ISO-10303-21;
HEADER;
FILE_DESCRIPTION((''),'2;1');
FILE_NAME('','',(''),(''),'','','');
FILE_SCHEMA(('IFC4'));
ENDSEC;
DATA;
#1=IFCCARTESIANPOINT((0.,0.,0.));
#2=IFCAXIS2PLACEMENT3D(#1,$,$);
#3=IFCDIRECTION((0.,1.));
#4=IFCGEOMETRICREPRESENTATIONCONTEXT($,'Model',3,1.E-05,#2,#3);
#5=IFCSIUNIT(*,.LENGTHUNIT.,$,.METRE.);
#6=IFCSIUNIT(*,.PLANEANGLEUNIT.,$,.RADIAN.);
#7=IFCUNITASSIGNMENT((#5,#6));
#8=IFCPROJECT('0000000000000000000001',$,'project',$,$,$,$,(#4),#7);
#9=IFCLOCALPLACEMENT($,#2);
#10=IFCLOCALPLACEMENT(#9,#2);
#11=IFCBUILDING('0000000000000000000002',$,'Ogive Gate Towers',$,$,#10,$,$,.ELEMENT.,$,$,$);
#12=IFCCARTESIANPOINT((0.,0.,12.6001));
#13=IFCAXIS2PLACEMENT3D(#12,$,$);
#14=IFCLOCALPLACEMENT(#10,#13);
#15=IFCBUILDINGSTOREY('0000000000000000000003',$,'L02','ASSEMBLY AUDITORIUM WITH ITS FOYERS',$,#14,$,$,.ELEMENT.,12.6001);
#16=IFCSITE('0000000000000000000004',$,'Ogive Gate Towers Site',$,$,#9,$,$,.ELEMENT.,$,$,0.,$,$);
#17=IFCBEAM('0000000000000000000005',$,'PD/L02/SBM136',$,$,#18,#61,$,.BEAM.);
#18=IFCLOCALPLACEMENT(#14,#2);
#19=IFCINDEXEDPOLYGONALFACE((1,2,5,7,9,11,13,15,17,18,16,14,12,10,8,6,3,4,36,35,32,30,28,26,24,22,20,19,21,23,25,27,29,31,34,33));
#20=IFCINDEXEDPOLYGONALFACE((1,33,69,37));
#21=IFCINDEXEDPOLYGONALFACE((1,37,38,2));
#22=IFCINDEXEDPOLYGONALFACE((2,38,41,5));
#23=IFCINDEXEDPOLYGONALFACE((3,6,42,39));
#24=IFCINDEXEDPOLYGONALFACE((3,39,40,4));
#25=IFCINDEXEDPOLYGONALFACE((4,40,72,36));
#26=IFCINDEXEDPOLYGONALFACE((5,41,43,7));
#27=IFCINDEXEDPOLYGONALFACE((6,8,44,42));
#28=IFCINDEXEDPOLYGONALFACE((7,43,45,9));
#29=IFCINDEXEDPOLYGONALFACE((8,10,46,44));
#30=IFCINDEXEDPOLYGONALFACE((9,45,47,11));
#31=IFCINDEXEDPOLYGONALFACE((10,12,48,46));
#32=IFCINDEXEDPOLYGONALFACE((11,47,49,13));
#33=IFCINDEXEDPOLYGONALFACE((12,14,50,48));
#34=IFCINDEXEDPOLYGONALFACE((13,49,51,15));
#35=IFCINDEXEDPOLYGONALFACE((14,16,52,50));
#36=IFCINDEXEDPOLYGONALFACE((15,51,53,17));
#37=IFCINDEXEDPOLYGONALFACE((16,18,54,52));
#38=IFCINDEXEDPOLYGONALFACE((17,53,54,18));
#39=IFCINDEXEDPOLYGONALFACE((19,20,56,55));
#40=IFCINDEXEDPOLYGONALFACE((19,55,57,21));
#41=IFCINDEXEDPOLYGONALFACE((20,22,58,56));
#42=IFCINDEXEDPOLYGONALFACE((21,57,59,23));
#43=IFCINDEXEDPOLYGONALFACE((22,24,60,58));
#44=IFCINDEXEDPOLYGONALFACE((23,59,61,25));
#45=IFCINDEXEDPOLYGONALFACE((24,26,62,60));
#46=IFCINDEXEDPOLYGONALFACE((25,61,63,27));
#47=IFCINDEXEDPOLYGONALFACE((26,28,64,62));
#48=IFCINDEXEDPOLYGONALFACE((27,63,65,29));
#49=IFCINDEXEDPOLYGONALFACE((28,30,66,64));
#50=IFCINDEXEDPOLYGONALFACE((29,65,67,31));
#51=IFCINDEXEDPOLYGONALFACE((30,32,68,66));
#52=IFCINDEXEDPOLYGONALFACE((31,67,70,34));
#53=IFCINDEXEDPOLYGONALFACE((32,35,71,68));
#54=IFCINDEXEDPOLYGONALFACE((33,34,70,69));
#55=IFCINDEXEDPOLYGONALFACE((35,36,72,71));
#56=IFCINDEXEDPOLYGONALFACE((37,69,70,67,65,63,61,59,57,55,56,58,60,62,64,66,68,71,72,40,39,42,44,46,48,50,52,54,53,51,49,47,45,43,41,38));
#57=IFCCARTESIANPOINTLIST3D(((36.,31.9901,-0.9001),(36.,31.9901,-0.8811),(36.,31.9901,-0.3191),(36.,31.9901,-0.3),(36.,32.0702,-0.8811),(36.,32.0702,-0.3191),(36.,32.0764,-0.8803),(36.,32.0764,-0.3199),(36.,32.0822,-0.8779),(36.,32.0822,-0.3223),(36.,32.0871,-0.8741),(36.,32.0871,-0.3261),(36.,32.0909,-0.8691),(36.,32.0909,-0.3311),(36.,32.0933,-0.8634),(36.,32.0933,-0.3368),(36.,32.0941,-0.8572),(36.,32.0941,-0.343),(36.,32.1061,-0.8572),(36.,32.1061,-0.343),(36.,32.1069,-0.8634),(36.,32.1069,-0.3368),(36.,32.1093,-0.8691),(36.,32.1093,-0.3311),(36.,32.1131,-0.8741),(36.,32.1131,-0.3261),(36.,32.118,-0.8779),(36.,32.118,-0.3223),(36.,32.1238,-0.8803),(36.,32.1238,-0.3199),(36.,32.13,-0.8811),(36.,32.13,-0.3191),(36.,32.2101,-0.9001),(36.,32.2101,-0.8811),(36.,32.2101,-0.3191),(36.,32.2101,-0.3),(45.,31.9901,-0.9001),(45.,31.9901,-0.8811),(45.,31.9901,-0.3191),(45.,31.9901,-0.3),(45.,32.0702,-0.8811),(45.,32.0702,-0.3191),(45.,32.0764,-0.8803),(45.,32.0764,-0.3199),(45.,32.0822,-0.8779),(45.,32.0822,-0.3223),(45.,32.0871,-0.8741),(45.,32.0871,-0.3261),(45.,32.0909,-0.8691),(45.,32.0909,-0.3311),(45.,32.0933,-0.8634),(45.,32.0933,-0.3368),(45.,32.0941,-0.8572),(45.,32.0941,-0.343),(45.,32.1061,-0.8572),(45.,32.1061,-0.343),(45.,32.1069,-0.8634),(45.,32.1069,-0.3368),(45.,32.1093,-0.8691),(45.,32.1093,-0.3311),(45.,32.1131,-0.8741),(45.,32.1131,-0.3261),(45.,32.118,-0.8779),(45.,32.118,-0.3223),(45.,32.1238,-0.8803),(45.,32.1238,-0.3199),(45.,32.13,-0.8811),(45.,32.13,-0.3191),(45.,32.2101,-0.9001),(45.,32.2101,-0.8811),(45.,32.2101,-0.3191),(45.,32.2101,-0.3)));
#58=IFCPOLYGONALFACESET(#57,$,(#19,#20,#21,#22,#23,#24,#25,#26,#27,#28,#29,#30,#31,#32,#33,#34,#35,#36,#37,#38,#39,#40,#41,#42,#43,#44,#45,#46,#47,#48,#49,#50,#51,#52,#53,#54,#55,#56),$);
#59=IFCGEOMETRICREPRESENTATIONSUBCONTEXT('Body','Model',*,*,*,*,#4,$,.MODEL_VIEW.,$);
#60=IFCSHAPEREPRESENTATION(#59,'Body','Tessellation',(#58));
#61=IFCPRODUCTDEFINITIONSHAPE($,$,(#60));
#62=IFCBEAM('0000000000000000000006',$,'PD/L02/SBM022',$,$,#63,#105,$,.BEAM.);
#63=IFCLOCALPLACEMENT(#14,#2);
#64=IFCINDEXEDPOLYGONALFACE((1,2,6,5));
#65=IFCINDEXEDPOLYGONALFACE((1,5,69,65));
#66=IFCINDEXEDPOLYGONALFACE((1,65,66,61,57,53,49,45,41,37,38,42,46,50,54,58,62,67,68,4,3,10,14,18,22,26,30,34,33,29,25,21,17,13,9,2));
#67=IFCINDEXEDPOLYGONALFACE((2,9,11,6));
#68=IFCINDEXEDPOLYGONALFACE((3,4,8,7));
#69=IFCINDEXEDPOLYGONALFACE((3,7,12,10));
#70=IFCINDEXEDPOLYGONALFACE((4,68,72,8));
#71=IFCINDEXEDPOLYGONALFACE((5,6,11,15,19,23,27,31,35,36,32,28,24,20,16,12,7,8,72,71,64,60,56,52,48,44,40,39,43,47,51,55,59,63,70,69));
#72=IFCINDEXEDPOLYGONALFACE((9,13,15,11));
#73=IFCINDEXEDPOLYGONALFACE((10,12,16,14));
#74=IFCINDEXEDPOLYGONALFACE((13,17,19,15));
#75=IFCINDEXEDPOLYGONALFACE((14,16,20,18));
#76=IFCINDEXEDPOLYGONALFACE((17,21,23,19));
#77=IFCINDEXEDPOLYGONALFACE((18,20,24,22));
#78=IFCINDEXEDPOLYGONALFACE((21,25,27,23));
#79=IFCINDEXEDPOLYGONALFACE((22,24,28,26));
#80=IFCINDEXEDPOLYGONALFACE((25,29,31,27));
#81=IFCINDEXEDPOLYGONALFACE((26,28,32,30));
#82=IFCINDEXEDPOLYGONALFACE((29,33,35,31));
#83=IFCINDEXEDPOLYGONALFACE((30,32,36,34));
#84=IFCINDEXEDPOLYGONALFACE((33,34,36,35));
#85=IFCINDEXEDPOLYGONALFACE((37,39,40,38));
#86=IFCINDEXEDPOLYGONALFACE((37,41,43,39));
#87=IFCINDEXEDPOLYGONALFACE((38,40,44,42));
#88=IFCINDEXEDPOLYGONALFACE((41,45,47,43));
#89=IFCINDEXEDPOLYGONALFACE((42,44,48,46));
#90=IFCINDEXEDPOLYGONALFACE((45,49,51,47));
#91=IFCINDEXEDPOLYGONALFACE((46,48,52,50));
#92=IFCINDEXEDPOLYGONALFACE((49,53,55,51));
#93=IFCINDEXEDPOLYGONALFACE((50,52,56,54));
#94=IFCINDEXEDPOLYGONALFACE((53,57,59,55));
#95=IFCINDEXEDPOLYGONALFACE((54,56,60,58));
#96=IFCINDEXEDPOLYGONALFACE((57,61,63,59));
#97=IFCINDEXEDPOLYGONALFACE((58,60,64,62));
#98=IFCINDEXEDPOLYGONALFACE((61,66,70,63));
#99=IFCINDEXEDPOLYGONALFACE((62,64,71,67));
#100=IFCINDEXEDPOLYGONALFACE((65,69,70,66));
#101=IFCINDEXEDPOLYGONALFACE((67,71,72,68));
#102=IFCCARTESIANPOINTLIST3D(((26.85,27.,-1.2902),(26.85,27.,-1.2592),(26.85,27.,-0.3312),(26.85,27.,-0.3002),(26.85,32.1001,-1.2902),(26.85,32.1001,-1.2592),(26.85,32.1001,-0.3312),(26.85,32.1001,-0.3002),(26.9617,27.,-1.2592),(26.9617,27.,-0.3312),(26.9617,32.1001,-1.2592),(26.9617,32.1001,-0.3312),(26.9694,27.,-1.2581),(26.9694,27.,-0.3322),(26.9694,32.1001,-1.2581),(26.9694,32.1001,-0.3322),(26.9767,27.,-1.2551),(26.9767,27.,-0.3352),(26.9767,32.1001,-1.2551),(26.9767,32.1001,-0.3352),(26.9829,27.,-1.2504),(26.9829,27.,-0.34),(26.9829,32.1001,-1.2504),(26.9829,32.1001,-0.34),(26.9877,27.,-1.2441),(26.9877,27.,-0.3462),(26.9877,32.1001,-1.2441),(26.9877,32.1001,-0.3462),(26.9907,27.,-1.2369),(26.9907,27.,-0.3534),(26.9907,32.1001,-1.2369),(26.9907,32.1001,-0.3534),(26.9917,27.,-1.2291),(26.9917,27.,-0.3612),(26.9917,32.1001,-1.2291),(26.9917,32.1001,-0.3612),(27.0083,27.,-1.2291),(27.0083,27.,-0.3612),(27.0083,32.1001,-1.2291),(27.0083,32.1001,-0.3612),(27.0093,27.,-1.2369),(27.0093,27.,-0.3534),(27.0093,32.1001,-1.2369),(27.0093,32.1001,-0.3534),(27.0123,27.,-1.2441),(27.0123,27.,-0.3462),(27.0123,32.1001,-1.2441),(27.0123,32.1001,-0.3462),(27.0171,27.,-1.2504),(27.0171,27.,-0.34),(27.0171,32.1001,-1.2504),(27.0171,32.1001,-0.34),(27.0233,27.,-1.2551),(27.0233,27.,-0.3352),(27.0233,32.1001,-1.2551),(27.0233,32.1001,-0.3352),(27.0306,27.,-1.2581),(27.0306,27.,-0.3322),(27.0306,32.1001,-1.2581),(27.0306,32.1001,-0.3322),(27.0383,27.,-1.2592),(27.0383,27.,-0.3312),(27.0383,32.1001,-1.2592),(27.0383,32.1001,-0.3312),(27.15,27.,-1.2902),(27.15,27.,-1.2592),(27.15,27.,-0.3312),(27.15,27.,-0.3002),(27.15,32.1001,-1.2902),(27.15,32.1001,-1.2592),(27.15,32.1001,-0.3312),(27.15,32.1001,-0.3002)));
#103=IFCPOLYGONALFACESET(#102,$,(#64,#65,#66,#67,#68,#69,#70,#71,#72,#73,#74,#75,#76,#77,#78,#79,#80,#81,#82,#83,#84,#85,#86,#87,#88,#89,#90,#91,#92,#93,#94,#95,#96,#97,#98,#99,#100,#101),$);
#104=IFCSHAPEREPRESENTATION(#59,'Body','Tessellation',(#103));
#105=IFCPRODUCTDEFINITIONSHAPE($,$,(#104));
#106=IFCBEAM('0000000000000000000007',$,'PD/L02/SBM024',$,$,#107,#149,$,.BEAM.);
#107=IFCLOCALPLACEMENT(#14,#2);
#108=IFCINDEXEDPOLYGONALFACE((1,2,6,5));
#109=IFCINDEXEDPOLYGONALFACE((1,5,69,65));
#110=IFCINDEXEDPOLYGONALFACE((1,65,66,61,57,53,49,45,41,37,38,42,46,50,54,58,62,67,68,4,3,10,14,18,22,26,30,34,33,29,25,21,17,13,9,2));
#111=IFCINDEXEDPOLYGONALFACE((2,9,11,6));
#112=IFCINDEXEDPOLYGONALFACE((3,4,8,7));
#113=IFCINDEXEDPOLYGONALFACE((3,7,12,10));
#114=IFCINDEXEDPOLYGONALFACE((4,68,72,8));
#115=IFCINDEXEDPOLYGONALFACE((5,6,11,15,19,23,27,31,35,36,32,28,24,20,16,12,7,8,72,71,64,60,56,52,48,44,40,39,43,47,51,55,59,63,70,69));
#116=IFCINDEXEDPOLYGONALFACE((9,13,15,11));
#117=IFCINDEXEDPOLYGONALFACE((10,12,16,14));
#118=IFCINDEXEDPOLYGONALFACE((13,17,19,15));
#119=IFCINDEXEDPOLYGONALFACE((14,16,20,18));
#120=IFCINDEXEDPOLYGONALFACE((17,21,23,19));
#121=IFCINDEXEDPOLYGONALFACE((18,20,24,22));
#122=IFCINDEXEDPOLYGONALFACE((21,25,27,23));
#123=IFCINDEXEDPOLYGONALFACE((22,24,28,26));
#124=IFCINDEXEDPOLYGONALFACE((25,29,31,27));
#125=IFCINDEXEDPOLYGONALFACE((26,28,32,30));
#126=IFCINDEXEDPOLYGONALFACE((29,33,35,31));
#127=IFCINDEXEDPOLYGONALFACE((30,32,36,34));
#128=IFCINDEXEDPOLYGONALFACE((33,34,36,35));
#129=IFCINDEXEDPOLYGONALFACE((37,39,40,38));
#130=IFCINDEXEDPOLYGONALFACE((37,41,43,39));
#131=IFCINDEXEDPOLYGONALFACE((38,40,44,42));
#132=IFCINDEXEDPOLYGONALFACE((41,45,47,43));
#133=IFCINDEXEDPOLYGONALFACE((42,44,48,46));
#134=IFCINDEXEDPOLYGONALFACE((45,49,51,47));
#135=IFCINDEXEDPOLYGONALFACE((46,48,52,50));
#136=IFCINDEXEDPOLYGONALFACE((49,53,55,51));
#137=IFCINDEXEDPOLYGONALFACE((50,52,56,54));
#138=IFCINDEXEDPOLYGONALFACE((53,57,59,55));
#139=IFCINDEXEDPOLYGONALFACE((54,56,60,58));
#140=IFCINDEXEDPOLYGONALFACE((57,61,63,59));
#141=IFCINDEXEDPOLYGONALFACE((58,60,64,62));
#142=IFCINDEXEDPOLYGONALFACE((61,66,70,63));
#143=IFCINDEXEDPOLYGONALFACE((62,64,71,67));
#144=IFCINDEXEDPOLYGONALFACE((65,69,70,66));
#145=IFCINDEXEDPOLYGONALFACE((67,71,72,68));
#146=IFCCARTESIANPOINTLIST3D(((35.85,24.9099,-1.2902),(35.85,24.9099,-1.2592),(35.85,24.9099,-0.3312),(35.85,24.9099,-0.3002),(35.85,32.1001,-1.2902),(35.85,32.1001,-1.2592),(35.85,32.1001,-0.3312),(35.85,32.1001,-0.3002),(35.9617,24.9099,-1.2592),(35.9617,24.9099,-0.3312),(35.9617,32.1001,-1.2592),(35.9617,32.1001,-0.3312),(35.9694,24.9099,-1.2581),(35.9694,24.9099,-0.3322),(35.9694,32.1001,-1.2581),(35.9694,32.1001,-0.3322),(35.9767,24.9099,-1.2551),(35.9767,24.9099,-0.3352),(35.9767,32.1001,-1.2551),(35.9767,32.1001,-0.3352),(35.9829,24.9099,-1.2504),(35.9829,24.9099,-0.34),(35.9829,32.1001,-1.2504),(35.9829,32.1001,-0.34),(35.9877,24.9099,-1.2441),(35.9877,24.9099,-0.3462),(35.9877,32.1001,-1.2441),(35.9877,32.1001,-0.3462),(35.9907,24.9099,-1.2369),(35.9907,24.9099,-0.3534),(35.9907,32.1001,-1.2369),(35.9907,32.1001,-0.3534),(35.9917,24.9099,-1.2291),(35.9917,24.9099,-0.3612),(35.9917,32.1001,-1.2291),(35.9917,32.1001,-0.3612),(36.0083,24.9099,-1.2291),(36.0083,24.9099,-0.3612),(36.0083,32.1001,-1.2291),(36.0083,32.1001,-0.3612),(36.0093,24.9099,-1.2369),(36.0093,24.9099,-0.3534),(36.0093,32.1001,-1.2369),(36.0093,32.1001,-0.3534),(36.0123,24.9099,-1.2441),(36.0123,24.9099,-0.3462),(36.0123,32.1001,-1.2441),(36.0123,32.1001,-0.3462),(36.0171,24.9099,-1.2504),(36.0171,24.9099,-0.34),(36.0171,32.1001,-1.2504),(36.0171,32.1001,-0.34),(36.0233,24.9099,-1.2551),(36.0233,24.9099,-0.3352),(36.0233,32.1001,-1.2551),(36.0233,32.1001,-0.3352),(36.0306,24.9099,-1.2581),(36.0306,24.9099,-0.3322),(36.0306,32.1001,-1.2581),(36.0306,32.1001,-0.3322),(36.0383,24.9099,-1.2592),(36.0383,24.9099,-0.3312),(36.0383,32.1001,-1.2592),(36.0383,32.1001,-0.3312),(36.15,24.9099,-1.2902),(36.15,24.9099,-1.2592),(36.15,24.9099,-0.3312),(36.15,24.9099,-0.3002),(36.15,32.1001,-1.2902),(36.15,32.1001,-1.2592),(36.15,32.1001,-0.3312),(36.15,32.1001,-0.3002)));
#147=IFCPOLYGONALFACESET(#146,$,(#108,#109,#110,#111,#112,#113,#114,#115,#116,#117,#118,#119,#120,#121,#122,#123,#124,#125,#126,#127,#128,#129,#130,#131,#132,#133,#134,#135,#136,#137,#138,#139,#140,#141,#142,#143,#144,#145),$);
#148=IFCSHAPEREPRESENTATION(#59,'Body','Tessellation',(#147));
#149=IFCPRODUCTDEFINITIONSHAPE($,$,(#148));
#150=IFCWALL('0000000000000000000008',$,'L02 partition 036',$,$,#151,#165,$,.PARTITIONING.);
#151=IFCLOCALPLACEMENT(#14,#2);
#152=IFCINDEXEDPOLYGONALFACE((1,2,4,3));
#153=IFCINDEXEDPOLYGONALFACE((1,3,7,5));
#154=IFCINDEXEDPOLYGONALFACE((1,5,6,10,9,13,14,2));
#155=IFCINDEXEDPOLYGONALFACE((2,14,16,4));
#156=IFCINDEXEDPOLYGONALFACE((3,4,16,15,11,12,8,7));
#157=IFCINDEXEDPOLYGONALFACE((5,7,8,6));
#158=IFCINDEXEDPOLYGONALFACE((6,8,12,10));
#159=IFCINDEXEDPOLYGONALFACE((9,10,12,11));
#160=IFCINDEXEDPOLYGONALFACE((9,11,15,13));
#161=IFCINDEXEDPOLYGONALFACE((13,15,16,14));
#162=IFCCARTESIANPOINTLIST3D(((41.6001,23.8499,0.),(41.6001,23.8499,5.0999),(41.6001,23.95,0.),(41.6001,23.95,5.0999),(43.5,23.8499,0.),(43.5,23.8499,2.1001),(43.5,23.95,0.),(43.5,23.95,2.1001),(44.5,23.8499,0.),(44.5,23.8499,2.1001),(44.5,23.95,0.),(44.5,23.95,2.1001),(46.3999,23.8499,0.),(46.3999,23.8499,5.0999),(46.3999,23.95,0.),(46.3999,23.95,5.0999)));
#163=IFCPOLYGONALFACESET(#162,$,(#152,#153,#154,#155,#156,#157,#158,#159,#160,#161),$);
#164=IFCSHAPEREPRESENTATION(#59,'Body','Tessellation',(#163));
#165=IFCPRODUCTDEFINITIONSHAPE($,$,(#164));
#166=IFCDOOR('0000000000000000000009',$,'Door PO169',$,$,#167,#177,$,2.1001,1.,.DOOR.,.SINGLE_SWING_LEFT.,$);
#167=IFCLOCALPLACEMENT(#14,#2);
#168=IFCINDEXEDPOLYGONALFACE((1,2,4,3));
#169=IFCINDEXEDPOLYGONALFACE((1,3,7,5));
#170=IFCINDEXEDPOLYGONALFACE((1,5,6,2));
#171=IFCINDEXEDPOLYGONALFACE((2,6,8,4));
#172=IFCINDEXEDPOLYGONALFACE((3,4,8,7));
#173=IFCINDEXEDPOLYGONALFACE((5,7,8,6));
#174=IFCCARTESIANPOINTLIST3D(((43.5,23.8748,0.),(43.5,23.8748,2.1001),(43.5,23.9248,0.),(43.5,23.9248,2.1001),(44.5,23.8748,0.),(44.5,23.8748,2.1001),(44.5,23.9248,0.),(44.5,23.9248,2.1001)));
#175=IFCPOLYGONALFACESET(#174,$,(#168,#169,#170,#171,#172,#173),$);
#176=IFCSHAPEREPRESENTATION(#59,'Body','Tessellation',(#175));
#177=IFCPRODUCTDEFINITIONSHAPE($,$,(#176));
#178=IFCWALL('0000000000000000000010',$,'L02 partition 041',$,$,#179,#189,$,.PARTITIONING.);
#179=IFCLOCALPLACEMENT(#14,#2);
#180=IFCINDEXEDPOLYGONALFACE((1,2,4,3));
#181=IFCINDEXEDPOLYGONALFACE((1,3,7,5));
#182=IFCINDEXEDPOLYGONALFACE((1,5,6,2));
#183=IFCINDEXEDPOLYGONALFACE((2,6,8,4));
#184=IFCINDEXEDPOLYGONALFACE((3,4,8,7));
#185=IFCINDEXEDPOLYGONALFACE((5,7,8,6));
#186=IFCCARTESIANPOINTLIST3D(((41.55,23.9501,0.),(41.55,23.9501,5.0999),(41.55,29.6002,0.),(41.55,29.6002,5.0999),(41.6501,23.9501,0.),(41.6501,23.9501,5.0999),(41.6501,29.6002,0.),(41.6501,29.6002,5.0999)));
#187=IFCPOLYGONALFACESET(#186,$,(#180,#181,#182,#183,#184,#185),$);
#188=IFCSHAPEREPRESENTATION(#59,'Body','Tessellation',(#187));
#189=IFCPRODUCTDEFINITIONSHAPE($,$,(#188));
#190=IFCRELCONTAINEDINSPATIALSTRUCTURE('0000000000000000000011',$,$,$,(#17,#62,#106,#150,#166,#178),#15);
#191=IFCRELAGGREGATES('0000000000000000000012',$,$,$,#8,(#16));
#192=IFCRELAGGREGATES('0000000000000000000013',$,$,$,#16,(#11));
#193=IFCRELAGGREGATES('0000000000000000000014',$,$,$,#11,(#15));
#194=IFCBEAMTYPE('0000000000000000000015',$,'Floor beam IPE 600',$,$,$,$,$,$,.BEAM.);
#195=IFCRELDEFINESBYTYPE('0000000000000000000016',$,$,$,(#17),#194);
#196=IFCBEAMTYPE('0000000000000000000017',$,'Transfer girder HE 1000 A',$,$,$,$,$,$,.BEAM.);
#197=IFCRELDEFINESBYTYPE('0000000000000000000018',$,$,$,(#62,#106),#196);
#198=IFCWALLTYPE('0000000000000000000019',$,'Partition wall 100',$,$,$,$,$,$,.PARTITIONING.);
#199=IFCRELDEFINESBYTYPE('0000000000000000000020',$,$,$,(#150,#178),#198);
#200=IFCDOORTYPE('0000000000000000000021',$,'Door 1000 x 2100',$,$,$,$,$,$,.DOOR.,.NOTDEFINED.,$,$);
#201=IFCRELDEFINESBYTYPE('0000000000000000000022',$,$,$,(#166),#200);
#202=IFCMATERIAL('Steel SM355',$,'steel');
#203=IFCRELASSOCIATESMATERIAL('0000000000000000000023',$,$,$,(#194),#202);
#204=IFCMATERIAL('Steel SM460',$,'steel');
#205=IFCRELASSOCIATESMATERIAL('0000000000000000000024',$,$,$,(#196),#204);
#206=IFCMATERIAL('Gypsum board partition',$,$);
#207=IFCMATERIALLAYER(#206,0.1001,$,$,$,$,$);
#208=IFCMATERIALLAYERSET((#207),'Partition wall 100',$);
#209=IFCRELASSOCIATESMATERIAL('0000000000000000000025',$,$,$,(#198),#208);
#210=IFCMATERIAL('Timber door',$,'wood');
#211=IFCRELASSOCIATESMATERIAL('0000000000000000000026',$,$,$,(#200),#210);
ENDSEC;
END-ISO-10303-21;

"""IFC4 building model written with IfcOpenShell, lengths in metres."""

from ifc_helpers import new_model, si_unit, direction, frame, frame_2d, origin, origin_2d, place, context, subcontext, project, spatial, rectangle, i_section, extrude, material, layer, layer_set, material_profile, profile_set, type_object, element, fill, save


model = new_model("IFC4")

# Units and contexts
model_context = context("Model", 3, precision=1e-05, world=origin(), true_north=direction((0.0, 1.0)))
body_context = subcontext(model_context, "Body", "Model", "MODEL_VIEW")
ifc_project = project(units=[si_unit("LENGTHUNIT", "METRE"), si_unit("PLANEANGLEUNIT", "RADIAN")], contexts=[model_context])

# Site, building, storey
site_placement = place(None, origin())
site = spatial("IfcSite", under=ifc_project, at=site_placement, Name="Ogive Gate Towers Site", CompositionType="ELEMENT", RefElevation=0.0)
building_placement = place(site_placement, origin())
building = spatial("IfcBuilding", under=site, at=building_placement, Name="Ogive Gate Towers", CompositionType="ELEMENT")
storey_placement = place(building_placement, frame((0.0, 0.0, 12.6001)))
storey = spatial("IfcBuildingStorey", under=building, at=storey_placement, Name="L02", Description="ASSEMBLY AUDITORIUM WITH ITS FOYERS", CompositionType="ELEMENT", Elevation=12.6001)

# Beams
ifc_material_1 = material(Name="Steel SM460", Category="steel")
ifc_material_2 = material(Name="Steel SM355", Category="steel")
ifc_material_profile_1 = material_profile(ifc_material_2, i_section(OverallWidth=0.22, OverallDepth=0.6001, WebThickness=0.012, FlangeThickness=0.019, FilletRadius=0.0239, at=origin_2d()), Name="IPE 600")
ifc_profile_set_1 = profile_set([ifc_material_profile_1], Name="Steel SM355")
beam_type_1 = type_object("IfcBeamType", Name="Floor beam IPE 600", PredefinedType="BEAM", material=ifc_profile_set_1)
for number, where, z_axis, x_axis, name in (
    (1, (36.0, 32.1001, -0.6001), (1.0, 0.0, 0.0), (0.0, 1.0, 0.0), "PD/L02/SBM136"),
):
    element("IfcBeam", number, at=place(storey_placement, frame(where, z_axis=z_axis, x_axis=x_axis)), inside=storey, type_object=beam_type_1, Name=name, PredefinedType="BEAM", context=body_context, shape_type="SweptSolid", body=[
        extrude(i_section(OverallWidth=0.22, OverallDepth=0.6001, WebThickness=0.012, FlangeThickness=0.019, FilletRadius=0.0239, at=origin_2d()), origin(), (0.0, 0.0, 1.0), 9.0),
    ])
ifc_material_profile_2 = material_profile(ifc_material_1, i_section(OverallWidth=0.3, OverallDepth=0.99, WebThickness=0.0166, FlangeThickness=0.031, FilletRadius=0.03, at=origin_2d()), Name="HE 1000 A")
ifc_profile_set_2 = profile_set([ifc_material_profile_2], Name="Steel SM460")
beam_type_2 = type_object("IfcBeamType", Name="Transfer girder HE 1000 A", PredefinedType="BEAM", material=ifc_profile_set_2)
beam_1_placement = place(storey_placement, frame((27.0, 27.0, -0.7952), z_axis=(0.0, 1.0, 0.0), x_axis=(-1.0, 0.0, 0.0)))
element("IfcBeam", 2, at=beam_1_placement, inside=storey, type_object=beam_type_2, Name="PD/L02/SBM022", PredefinedType="BEAM", context=body_context, shape_type="SweptSolid", body=[
    extrude(i_section(OverallWidth=0.3, OverallDepth=0.99, WebThickness=0.0166, FlangeThickness=0.031, FilletRadius=0.03, at=origin_2d()), origin(), (0.0, 0.0, 1.0), 5.1001),
])
beam_2_placement = place(storey_placement, frame((36.0, 24.9099, -0.7952), z_axis=(0.0, 1.0, 0.0), x_axis=(-1.0, 0.0, 0.0)))
element("IfcBeam", 3, at=beam_2_placement, inside=storey, type_object=beam_type_2, Name="PD/L02/SBM024", PredefinedType="BEAM", context=body_context, shape_type="SweptSolid", body=[
    extrude(i_section(OverallWidth=0.3, OverallDepth=0.99, WebThickness=0.0166, FlangeThickness=0.031, FilletRadius=0.03, at=origin_2d()), origin(), (0.0, 0.0, 1.0), 7.1902),
])

# Wall, opening, door
ifc_material_3 = material(Name="Gypsum board partition")
ifc_layer_1 = layer(ifc_material_3, 0.1001)
ifc_layer_set_1 = layer_set([ifc_layer_1], Name="Partition wall 100")
wall_type_1 = type_object("IfcWallType", Name="Partition wall 100", PredefinedType="PARTITIONING", material=ifc_layer_set_1)
wall_1_placement = place(storey_placement, frame((41.6001, 23.8999, 0.0), z_axis=(0.0, 0.0, 1.0), x_axis=(1.0, 0.0, 0.0)))
wall_1 = element("IfcWall", 4, at=wall_1_placement, inside=storey, type_object=wall_type_1, Name="L02 partition 036", PredefinedType="PARTITIONING", context=body_context, shape_type="SweptSolid", body=[
    extrude(rectangle(XDim=4.7998, YDim=0.1001, at=frame_2d((2.3999, 0.0))), origin(), (0.0, 0.0, 1.0), 5.0999),
])
opening_1_placement = place(wall_1_placement, frame((1.8999, 0.0, 0.0)))
opening_1 = element("IfcOpeningElement", 5, at=opening_1_placement, cuts=wall_1, PredefinedType="OPENING", context=body_context, shape_type="SweptSolid", body=[
    extrude(rectangle(XDim=1.0, YDim=2.1001, at=frame_2d((0.5, 1.05))), frame((0.0, 0.0601, 0.0), z_axis=(0.0, -1.0, 0.0), x_axis=(1.0, 0.0, 0.0)), (0.0, 0.0, 1.0), 0.1201),
])
ifc_material_4 = material(Name="Timber door", Category="wood")
door_type = type_object("IfcDoorType", Name="Door 1000 x 2100", OperationType="NOTDEFINED", PredefinedType="DOOR", material=ifc_material_4)
door_placement = place(opening_1_placement, origin())
door = element("IfcDoor", 6, at=door_placement, inside=storey, type_object=door_type, Name="Door PO169", OperationType="SINGLE_SWING_LEFT", OverallHeight=2.1001, OverallWidth=1.0, PredefinedType="DOOR", context=body_context, shape_type="SweptSolid", body=[
    extrude(rectangle(XDim=1.0, YDim=2.1001, at=frame_2d((0.5, 1.05))), frame((0.0, 0.0249, 0.0), z_axis=(0.0, -1.0, 0.0), x_axis=(1.0, 0.0, 0.0)), (0.0, 0.0, 1.0), 0.05),
])
fill(opening_1, door)

# Wall
wall_2_placement = place(storey_placement, frame((41.6001, 23.95, 0.0), z_axis=(0.0, 0.0, 1.0), x_axis=(0.0, 1.0, 0.0)))
element("IfcWall", 7, at=wall_2_placement, inside=storey, type_object=wall_type_1, Name="L02 partition 041", PredefinedType="PARTITIONING", context=body_context, shape_type="SweptSolid", body=[
    extrude(rectangle(XDim=5.6501, YDim=0.1001, at=frame_2d((2.8252, 0.0))), origin(), (0.0, 0.0, 1.0), 5.0999),
])

save(model, "model.ifc")
